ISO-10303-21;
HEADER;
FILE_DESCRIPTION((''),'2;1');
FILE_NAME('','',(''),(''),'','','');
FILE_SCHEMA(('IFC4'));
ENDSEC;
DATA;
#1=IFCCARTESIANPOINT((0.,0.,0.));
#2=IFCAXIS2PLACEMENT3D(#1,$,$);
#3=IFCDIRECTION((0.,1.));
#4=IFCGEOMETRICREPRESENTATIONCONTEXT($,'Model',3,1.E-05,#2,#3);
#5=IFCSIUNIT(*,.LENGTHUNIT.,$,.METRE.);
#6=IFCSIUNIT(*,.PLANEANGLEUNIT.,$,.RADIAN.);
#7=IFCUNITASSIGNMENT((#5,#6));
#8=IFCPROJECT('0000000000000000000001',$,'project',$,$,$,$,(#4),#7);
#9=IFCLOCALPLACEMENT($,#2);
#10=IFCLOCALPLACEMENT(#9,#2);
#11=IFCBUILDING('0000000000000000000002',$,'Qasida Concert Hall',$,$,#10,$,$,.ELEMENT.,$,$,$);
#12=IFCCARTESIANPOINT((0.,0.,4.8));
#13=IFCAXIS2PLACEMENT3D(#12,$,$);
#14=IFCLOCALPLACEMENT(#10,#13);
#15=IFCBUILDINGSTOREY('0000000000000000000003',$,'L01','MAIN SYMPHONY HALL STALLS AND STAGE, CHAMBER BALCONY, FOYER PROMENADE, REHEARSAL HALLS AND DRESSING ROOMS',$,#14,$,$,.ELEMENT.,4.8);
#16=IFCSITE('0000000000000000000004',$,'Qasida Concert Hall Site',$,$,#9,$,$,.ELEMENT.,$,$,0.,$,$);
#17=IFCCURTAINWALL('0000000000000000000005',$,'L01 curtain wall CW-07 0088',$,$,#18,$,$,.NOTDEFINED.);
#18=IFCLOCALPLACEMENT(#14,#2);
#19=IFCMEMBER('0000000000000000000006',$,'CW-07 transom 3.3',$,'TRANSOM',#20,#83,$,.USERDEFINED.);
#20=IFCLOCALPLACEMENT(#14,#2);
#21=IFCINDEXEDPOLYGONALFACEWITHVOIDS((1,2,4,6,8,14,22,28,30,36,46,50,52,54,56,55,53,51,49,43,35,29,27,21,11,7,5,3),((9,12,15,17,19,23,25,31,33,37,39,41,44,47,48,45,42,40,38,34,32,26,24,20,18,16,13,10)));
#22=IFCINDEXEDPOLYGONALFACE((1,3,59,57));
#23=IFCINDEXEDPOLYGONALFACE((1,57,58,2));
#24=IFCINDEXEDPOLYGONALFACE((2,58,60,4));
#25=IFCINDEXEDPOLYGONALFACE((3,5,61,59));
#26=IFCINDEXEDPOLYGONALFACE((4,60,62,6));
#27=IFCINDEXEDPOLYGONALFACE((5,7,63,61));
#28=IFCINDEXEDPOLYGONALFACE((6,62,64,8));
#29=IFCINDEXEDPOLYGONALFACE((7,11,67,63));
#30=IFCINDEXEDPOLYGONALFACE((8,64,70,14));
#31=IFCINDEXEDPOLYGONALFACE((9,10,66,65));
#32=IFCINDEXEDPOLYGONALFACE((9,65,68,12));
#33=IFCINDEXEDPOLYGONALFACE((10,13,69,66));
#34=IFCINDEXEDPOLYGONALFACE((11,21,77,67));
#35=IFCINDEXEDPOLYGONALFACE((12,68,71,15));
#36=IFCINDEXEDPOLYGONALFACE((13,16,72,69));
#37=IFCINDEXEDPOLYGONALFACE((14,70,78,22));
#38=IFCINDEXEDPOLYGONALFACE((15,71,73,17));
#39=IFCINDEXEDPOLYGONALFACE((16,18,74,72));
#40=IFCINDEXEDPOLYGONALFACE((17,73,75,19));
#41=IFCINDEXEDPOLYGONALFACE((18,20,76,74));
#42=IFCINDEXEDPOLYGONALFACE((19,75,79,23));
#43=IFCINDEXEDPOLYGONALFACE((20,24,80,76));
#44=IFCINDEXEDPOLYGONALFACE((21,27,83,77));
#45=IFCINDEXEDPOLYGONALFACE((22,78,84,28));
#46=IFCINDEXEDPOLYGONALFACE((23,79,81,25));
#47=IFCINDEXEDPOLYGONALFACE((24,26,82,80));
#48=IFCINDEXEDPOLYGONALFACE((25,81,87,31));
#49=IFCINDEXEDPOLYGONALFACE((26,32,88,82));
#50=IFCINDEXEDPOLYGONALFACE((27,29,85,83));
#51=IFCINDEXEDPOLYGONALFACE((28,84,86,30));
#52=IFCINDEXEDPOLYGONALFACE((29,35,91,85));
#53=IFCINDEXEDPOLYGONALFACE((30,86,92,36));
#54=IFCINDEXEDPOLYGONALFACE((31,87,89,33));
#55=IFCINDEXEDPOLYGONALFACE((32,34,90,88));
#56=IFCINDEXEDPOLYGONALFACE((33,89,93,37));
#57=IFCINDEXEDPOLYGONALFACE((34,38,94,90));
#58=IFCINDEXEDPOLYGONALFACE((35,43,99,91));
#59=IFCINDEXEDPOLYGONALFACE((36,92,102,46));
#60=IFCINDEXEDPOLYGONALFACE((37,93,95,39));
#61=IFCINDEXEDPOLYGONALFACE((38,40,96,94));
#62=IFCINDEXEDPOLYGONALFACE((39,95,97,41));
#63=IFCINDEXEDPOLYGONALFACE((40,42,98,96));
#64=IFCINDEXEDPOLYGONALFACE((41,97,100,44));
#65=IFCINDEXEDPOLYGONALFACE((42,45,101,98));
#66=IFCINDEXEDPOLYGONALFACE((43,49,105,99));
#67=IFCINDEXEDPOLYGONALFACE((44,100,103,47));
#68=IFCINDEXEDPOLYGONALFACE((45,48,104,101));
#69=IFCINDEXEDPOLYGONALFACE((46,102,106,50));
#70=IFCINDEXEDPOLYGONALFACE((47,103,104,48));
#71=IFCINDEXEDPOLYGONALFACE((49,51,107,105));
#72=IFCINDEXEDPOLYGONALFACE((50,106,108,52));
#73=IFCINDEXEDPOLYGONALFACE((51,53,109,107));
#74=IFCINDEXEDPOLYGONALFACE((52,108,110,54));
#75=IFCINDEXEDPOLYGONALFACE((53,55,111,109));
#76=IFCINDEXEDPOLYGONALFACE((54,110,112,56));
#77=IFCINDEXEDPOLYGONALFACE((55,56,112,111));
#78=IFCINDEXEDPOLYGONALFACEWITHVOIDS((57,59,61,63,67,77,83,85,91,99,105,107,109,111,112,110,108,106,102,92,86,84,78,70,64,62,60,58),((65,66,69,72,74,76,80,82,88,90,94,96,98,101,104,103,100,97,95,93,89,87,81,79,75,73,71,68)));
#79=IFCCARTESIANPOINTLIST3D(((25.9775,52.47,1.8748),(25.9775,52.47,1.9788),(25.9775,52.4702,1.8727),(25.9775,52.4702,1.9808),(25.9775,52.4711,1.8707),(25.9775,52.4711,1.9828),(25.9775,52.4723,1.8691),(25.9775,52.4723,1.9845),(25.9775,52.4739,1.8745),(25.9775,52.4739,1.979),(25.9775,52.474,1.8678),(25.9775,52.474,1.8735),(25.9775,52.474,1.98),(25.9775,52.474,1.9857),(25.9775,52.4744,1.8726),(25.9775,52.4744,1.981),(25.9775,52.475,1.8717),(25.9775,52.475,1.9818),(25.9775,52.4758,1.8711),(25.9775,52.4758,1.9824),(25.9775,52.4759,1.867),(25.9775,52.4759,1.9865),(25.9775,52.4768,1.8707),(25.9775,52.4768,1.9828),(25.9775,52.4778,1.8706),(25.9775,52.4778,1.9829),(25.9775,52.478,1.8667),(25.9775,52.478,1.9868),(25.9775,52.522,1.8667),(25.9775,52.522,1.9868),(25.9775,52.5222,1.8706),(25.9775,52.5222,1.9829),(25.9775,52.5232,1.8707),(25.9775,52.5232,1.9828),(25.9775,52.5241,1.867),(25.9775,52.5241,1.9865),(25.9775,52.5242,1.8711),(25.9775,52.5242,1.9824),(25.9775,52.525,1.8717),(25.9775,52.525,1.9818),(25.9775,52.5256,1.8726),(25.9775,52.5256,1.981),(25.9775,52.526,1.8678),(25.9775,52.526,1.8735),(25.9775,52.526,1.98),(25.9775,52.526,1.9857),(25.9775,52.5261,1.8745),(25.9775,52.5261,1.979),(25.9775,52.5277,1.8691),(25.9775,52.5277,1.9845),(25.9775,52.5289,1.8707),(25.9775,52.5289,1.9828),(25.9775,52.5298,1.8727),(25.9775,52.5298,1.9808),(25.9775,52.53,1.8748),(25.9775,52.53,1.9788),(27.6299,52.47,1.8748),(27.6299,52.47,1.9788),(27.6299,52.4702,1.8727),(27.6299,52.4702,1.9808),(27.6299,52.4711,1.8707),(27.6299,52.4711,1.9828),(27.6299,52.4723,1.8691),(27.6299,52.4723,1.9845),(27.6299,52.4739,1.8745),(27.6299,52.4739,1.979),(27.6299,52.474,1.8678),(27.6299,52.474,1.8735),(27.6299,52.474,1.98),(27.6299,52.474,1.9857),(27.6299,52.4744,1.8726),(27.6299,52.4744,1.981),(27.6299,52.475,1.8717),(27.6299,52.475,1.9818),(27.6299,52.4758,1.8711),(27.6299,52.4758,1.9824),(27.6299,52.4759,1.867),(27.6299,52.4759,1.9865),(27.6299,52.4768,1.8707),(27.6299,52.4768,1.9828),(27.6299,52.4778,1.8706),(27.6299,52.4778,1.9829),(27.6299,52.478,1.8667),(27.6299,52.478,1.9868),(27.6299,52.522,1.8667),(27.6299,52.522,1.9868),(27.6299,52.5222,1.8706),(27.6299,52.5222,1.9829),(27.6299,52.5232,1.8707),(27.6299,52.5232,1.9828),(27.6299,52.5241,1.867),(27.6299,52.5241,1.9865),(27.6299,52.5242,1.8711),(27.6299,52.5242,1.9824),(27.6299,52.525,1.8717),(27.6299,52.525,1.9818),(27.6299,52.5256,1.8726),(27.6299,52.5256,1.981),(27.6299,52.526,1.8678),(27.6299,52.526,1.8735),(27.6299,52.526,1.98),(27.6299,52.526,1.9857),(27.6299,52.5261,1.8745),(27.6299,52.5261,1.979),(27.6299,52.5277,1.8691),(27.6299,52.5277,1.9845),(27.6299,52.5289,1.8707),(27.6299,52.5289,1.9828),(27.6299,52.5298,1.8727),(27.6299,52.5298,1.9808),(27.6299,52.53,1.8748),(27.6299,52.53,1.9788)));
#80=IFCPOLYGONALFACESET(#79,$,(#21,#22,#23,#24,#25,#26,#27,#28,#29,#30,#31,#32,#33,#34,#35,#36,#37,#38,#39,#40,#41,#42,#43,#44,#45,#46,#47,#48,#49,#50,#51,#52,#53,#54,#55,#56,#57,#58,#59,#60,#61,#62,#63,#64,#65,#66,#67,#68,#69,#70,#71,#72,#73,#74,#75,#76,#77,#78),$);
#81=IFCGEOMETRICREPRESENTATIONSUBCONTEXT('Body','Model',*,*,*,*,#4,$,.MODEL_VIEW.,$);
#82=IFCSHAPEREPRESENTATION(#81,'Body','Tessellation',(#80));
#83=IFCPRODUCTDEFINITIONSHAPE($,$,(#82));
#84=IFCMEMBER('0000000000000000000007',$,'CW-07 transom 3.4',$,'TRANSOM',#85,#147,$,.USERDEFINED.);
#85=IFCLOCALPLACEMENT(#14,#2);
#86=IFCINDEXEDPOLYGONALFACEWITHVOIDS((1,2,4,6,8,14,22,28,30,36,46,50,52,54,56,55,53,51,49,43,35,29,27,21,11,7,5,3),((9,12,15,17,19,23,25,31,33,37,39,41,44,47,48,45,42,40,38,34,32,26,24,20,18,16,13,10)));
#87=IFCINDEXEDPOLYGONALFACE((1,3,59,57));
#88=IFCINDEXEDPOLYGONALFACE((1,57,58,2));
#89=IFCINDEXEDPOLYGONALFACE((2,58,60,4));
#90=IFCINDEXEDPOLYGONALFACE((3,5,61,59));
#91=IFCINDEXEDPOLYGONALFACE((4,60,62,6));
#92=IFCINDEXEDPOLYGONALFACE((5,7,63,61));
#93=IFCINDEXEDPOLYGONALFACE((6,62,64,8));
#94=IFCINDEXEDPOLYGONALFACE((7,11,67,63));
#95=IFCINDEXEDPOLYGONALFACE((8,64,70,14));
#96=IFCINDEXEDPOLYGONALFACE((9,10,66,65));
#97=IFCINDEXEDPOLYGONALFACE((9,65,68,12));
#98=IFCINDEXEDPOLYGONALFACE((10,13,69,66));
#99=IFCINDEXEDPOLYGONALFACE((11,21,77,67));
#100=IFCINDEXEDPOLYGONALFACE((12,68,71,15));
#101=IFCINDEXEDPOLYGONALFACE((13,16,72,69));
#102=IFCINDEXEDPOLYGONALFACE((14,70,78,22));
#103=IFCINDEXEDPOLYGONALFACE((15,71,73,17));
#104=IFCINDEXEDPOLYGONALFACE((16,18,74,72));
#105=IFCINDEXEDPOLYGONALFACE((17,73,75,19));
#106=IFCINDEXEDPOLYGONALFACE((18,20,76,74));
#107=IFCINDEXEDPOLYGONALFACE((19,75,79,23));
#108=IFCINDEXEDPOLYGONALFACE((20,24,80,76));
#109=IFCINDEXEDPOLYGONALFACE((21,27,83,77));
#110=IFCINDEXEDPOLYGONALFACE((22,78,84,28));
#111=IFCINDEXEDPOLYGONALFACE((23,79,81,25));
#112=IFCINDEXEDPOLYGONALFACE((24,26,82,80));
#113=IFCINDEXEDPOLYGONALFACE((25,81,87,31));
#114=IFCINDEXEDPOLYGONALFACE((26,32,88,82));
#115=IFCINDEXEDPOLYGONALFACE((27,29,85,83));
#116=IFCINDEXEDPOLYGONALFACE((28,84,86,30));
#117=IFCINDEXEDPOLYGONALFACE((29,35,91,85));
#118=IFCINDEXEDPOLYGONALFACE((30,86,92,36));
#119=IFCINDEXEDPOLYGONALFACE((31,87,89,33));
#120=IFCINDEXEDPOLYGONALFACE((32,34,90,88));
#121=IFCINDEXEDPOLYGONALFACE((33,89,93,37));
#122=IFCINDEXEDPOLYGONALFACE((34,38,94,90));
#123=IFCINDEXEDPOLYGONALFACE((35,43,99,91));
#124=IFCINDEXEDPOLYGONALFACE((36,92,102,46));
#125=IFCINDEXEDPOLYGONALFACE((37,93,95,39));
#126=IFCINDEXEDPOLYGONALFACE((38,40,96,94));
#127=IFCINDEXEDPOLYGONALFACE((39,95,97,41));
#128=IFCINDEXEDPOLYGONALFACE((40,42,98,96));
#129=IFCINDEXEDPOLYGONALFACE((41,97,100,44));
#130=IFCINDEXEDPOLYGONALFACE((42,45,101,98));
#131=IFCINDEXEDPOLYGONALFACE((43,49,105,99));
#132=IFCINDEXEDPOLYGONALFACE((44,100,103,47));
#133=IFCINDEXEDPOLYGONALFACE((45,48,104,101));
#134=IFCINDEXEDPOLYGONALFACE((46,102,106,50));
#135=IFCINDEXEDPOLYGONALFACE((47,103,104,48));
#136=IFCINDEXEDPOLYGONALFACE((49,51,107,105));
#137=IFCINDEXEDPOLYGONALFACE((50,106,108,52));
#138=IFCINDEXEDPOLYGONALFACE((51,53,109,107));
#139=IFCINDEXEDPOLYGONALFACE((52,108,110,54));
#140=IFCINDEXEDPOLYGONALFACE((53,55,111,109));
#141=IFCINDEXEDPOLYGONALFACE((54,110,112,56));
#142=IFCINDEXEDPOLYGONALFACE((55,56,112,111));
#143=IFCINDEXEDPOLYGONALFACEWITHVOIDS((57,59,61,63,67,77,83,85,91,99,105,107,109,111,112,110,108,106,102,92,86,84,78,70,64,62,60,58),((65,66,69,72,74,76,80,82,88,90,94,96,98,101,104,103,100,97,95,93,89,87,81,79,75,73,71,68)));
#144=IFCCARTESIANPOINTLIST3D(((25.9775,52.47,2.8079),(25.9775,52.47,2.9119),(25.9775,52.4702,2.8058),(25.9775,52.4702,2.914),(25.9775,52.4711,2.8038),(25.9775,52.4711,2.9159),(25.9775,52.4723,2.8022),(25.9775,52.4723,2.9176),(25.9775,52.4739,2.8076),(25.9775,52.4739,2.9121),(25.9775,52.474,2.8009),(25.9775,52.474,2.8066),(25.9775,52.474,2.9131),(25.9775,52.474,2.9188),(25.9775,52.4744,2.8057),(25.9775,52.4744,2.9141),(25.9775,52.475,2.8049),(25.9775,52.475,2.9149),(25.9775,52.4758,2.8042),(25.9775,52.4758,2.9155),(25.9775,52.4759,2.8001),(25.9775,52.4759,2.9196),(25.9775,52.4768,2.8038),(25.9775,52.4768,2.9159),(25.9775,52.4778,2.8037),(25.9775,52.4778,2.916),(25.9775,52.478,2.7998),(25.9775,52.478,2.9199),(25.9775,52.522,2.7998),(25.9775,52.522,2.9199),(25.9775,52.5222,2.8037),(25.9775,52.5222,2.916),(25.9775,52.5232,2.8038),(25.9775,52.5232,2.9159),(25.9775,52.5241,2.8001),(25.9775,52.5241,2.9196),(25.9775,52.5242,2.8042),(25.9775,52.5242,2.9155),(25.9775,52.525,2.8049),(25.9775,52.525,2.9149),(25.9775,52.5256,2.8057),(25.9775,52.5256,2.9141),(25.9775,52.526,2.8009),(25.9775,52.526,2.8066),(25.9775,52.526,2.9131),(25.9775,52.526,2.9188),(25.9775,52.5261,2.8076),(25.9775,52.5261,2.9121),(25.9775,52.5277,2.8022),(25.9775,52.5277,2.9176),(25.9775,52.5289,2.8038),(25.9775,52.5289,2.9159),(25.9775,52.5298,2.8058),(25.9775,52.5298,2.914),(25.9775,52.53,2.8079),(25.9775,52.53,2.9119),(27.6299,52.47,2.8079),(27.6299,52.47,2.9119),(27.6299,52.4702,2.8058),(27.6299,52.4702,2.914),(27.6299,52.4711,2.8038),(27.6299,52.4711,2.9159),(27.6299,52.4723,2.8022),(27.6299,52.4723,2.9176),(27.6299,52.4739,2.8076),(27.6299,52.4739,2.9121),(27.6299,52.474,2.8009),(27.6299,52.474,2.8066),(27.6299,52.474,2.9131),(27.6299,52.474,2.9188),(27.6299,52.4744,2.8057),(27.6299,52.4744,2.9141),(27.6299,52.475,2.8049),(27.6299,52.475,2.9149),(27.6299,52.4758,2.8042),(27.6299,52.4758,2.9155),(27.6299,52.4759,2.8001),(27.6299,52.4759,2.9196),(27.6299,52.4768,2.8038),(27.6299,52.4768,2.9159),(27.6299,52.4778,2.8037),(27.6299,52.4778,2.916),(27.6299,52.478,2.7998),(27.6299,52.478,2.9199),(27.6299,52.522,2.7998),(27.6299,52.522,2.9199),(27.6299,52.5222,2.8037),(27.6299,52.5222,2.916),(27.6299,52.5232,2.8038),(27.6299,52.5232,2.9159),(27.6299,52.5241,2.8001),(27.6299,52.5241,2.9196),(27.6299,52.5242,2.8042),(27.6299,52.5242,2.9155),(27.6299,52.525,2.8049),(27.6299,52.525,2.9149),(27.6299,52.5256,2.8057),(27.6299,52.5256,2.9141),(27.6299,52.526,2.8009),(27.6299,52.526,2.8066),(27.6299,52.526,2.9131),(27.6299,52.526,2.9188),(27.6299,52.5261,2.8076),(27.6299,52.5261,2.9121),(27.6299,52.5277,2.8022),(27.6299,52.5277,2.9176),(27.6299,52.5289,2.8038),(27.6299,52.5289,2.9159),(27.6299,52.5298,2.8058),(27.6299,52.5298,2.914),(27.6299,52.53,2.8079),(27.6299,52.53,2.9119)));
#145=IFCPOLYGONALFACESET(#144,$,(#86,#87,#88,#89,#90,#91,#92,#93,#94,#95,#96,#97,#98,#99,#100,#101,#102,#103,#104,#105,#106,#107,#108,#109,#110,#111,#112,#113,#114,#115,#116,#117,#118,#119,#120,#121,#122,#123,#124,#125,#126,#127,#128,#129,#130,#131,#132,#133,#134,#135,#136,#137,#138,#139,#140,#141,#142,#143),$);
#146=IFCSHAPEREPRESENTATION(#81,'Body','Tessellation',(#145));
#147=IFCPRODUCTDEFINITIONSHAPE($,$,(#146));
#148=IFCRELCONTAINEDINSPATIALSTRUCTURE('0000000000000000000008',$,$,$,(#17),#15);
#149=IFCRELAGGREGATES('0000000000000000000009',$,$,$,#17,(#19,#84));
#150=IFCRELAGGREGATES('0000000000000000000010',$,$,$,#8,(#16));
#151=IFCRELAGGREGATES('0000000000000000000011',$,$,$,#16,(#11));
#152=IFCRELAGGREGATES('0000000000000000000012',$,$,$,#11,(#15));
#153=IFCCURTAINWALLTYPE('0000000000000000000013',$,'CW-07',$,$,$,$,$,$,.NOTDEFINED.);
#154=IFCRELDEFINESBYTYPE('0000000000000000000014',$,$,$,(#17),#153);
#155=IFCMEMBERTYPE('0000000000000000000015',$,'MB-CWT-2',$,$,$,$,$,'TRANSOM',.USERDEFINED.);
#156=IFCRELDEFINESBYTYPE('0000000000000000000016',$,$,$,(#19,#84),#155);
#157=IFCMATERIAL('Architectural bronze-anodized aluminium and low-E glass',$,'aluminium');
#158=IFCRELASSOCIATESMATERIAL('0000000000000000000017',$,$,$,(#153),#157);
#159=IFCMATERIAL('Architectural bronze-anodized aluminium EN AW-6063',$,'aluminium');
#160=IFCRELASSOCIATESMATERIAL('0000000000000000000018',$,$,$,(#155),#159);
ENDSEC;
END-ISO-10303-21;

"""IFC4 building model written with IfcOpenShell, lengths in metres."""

from ifc_helpers import new_model, si_unit, direction, frame, origin, origin_2d, place, context, subcontext, project, spatial, hollow_rectangle, extrude, material, material_profile, profile_set, type_object, element, aggregate, save


model = new_model("IFC4")

# Units and contexts
model_context = context("Model", 3, precision=1e-05, world=origin(), true_north=direction((0.0, 1.0)))
body_context = subcontext(model_context, "Body", "Model", "MODEL_VIEW")
ifc_project = project(units=[si_unit("LENGTHUNIT", "METRE"), si_unit("PLANEANGLEUNIT", "RADIAN")], contexts=[model_context])

# Site, building, storey
site_placement = place(None, origin())
site = spatial("IfcSite", under=ifc_project, at=site_placement, Name="Qasida Concert Hall Site", CompositionType="ELEMENT", RefElevation=0.0)
building_placement = place(site_placement, origin())
building = spatial("IfcBuilding", under=site, at=building_placement, Name="Qasida Concert Hall", CompositionType="ELEMENT")
storey_placement = place(building_placement, frame((0.0, 0.0, 4.8)))
storey = spatial("IfcBuildingStorey", under=building, at=storey_placement, Name="L01", Description="MAIN SYMPHONY HALL STALLS AND STAGE, CHAMBER BALCONY, FOYER PROMENADE, REHEARSAL HALLS AND DRESSING ROOMS", CompositionType="ELEMENT", Elevation=4.8)

# Curtain wall, members
ifc_material_1 = material(Name="Architectural bronze-anodized aluminium and low-E glass", Category="aluminium")
curtain_wall_type = type_object("IfcCurtainWallType", Name="CW-07", PredefinedType="NOTDEFINED", material=ifc_material_1)
curtain_wall_placement = place(storey_placement, origin())
curtain_wall = element("IfcCurtainWall", 1, at=curtain_wall_placement, inside=storey, type_object=curtain_wall_type, Name="L01 curtain wall CW-07 0088", PredefinedType="NOTDEFINED")
ifc_material_2 = material(Name="Architectural bronze-anodized aluminium EN AW-6063", Category="aluminium")
ifc_material_profile_1 = material_profile(ifc_material_2, hollow_rectangle(XDim=0.0601, YDim=0.1201, WallThickness=0.0039, InnerFilletRadius=0.0039, OuterFilletRadius=0.0081, at=origin_2d()), Name="CWT 120x60x4")
ifc_profile_set_1 = profile_set([ifc_material_profile_1], Name="Architectural bronze-anodized aluminium EN AW-6063")
member_type_1 = type_object("IfcMemberType", Name="MB-CWT-2", ElementType="TRANSOM", PredefinedType="USERDEFINED", material=ifc_profile_set_1)
member_1_placement = place(storey_placement, frame((25.9775, 52.5, 1.9268), z_axis=(1.0, 0.0, 0.0), x_axis=(0.0, 1.0, 0.0)))
member_1 = element("IfcMember", 2, at=member_1_placement, type_object=member_type_1, Name="CW-07 transom 3.3", ObjectType="TRANSOM", PredefinedType="USERDEFINED", context=body_context, shape_type="SweptSolid", body=[
    extrude(hollow_rectangle(XDim=0.0601, YDim=0.1201, WallThickness=0.0039, InnerFilletRadius=0.0039, OuterFilletRadius=0.0081, at=origin_2d()), origin(), (0.0, 0.0, 1.0), 1.6523),
])
member_2_placement = place(storey_placement, frame((25.9775, 52.5, 2.8599), z_axis=(1.0, 0.0, 0.0), x_axis=(0.0, 1.0, 0.0)))
member_2 = element("IfcMember", 3, at=member_2_placement, type_object=member_type_1, Name="CW-07 transom 3.4", ObjectType="TRANSOM", PredefinedType="USERDEFINED", context=body_context, shape_type="SweptSolid", body=[
    extrude(hollow_rectangle(XDim=0.0601, YDim=0.1201, WallThickness=0.0039, InnerFilletRadius=0.0039, OuterFilletRadius=0.0081, at=origin_2d()), origin(), (0.0, 0.0, 1.0), 1.6523),
])
aggregate(curtain_wall, [member_1, member_2])

save(model, "model.ifc")
